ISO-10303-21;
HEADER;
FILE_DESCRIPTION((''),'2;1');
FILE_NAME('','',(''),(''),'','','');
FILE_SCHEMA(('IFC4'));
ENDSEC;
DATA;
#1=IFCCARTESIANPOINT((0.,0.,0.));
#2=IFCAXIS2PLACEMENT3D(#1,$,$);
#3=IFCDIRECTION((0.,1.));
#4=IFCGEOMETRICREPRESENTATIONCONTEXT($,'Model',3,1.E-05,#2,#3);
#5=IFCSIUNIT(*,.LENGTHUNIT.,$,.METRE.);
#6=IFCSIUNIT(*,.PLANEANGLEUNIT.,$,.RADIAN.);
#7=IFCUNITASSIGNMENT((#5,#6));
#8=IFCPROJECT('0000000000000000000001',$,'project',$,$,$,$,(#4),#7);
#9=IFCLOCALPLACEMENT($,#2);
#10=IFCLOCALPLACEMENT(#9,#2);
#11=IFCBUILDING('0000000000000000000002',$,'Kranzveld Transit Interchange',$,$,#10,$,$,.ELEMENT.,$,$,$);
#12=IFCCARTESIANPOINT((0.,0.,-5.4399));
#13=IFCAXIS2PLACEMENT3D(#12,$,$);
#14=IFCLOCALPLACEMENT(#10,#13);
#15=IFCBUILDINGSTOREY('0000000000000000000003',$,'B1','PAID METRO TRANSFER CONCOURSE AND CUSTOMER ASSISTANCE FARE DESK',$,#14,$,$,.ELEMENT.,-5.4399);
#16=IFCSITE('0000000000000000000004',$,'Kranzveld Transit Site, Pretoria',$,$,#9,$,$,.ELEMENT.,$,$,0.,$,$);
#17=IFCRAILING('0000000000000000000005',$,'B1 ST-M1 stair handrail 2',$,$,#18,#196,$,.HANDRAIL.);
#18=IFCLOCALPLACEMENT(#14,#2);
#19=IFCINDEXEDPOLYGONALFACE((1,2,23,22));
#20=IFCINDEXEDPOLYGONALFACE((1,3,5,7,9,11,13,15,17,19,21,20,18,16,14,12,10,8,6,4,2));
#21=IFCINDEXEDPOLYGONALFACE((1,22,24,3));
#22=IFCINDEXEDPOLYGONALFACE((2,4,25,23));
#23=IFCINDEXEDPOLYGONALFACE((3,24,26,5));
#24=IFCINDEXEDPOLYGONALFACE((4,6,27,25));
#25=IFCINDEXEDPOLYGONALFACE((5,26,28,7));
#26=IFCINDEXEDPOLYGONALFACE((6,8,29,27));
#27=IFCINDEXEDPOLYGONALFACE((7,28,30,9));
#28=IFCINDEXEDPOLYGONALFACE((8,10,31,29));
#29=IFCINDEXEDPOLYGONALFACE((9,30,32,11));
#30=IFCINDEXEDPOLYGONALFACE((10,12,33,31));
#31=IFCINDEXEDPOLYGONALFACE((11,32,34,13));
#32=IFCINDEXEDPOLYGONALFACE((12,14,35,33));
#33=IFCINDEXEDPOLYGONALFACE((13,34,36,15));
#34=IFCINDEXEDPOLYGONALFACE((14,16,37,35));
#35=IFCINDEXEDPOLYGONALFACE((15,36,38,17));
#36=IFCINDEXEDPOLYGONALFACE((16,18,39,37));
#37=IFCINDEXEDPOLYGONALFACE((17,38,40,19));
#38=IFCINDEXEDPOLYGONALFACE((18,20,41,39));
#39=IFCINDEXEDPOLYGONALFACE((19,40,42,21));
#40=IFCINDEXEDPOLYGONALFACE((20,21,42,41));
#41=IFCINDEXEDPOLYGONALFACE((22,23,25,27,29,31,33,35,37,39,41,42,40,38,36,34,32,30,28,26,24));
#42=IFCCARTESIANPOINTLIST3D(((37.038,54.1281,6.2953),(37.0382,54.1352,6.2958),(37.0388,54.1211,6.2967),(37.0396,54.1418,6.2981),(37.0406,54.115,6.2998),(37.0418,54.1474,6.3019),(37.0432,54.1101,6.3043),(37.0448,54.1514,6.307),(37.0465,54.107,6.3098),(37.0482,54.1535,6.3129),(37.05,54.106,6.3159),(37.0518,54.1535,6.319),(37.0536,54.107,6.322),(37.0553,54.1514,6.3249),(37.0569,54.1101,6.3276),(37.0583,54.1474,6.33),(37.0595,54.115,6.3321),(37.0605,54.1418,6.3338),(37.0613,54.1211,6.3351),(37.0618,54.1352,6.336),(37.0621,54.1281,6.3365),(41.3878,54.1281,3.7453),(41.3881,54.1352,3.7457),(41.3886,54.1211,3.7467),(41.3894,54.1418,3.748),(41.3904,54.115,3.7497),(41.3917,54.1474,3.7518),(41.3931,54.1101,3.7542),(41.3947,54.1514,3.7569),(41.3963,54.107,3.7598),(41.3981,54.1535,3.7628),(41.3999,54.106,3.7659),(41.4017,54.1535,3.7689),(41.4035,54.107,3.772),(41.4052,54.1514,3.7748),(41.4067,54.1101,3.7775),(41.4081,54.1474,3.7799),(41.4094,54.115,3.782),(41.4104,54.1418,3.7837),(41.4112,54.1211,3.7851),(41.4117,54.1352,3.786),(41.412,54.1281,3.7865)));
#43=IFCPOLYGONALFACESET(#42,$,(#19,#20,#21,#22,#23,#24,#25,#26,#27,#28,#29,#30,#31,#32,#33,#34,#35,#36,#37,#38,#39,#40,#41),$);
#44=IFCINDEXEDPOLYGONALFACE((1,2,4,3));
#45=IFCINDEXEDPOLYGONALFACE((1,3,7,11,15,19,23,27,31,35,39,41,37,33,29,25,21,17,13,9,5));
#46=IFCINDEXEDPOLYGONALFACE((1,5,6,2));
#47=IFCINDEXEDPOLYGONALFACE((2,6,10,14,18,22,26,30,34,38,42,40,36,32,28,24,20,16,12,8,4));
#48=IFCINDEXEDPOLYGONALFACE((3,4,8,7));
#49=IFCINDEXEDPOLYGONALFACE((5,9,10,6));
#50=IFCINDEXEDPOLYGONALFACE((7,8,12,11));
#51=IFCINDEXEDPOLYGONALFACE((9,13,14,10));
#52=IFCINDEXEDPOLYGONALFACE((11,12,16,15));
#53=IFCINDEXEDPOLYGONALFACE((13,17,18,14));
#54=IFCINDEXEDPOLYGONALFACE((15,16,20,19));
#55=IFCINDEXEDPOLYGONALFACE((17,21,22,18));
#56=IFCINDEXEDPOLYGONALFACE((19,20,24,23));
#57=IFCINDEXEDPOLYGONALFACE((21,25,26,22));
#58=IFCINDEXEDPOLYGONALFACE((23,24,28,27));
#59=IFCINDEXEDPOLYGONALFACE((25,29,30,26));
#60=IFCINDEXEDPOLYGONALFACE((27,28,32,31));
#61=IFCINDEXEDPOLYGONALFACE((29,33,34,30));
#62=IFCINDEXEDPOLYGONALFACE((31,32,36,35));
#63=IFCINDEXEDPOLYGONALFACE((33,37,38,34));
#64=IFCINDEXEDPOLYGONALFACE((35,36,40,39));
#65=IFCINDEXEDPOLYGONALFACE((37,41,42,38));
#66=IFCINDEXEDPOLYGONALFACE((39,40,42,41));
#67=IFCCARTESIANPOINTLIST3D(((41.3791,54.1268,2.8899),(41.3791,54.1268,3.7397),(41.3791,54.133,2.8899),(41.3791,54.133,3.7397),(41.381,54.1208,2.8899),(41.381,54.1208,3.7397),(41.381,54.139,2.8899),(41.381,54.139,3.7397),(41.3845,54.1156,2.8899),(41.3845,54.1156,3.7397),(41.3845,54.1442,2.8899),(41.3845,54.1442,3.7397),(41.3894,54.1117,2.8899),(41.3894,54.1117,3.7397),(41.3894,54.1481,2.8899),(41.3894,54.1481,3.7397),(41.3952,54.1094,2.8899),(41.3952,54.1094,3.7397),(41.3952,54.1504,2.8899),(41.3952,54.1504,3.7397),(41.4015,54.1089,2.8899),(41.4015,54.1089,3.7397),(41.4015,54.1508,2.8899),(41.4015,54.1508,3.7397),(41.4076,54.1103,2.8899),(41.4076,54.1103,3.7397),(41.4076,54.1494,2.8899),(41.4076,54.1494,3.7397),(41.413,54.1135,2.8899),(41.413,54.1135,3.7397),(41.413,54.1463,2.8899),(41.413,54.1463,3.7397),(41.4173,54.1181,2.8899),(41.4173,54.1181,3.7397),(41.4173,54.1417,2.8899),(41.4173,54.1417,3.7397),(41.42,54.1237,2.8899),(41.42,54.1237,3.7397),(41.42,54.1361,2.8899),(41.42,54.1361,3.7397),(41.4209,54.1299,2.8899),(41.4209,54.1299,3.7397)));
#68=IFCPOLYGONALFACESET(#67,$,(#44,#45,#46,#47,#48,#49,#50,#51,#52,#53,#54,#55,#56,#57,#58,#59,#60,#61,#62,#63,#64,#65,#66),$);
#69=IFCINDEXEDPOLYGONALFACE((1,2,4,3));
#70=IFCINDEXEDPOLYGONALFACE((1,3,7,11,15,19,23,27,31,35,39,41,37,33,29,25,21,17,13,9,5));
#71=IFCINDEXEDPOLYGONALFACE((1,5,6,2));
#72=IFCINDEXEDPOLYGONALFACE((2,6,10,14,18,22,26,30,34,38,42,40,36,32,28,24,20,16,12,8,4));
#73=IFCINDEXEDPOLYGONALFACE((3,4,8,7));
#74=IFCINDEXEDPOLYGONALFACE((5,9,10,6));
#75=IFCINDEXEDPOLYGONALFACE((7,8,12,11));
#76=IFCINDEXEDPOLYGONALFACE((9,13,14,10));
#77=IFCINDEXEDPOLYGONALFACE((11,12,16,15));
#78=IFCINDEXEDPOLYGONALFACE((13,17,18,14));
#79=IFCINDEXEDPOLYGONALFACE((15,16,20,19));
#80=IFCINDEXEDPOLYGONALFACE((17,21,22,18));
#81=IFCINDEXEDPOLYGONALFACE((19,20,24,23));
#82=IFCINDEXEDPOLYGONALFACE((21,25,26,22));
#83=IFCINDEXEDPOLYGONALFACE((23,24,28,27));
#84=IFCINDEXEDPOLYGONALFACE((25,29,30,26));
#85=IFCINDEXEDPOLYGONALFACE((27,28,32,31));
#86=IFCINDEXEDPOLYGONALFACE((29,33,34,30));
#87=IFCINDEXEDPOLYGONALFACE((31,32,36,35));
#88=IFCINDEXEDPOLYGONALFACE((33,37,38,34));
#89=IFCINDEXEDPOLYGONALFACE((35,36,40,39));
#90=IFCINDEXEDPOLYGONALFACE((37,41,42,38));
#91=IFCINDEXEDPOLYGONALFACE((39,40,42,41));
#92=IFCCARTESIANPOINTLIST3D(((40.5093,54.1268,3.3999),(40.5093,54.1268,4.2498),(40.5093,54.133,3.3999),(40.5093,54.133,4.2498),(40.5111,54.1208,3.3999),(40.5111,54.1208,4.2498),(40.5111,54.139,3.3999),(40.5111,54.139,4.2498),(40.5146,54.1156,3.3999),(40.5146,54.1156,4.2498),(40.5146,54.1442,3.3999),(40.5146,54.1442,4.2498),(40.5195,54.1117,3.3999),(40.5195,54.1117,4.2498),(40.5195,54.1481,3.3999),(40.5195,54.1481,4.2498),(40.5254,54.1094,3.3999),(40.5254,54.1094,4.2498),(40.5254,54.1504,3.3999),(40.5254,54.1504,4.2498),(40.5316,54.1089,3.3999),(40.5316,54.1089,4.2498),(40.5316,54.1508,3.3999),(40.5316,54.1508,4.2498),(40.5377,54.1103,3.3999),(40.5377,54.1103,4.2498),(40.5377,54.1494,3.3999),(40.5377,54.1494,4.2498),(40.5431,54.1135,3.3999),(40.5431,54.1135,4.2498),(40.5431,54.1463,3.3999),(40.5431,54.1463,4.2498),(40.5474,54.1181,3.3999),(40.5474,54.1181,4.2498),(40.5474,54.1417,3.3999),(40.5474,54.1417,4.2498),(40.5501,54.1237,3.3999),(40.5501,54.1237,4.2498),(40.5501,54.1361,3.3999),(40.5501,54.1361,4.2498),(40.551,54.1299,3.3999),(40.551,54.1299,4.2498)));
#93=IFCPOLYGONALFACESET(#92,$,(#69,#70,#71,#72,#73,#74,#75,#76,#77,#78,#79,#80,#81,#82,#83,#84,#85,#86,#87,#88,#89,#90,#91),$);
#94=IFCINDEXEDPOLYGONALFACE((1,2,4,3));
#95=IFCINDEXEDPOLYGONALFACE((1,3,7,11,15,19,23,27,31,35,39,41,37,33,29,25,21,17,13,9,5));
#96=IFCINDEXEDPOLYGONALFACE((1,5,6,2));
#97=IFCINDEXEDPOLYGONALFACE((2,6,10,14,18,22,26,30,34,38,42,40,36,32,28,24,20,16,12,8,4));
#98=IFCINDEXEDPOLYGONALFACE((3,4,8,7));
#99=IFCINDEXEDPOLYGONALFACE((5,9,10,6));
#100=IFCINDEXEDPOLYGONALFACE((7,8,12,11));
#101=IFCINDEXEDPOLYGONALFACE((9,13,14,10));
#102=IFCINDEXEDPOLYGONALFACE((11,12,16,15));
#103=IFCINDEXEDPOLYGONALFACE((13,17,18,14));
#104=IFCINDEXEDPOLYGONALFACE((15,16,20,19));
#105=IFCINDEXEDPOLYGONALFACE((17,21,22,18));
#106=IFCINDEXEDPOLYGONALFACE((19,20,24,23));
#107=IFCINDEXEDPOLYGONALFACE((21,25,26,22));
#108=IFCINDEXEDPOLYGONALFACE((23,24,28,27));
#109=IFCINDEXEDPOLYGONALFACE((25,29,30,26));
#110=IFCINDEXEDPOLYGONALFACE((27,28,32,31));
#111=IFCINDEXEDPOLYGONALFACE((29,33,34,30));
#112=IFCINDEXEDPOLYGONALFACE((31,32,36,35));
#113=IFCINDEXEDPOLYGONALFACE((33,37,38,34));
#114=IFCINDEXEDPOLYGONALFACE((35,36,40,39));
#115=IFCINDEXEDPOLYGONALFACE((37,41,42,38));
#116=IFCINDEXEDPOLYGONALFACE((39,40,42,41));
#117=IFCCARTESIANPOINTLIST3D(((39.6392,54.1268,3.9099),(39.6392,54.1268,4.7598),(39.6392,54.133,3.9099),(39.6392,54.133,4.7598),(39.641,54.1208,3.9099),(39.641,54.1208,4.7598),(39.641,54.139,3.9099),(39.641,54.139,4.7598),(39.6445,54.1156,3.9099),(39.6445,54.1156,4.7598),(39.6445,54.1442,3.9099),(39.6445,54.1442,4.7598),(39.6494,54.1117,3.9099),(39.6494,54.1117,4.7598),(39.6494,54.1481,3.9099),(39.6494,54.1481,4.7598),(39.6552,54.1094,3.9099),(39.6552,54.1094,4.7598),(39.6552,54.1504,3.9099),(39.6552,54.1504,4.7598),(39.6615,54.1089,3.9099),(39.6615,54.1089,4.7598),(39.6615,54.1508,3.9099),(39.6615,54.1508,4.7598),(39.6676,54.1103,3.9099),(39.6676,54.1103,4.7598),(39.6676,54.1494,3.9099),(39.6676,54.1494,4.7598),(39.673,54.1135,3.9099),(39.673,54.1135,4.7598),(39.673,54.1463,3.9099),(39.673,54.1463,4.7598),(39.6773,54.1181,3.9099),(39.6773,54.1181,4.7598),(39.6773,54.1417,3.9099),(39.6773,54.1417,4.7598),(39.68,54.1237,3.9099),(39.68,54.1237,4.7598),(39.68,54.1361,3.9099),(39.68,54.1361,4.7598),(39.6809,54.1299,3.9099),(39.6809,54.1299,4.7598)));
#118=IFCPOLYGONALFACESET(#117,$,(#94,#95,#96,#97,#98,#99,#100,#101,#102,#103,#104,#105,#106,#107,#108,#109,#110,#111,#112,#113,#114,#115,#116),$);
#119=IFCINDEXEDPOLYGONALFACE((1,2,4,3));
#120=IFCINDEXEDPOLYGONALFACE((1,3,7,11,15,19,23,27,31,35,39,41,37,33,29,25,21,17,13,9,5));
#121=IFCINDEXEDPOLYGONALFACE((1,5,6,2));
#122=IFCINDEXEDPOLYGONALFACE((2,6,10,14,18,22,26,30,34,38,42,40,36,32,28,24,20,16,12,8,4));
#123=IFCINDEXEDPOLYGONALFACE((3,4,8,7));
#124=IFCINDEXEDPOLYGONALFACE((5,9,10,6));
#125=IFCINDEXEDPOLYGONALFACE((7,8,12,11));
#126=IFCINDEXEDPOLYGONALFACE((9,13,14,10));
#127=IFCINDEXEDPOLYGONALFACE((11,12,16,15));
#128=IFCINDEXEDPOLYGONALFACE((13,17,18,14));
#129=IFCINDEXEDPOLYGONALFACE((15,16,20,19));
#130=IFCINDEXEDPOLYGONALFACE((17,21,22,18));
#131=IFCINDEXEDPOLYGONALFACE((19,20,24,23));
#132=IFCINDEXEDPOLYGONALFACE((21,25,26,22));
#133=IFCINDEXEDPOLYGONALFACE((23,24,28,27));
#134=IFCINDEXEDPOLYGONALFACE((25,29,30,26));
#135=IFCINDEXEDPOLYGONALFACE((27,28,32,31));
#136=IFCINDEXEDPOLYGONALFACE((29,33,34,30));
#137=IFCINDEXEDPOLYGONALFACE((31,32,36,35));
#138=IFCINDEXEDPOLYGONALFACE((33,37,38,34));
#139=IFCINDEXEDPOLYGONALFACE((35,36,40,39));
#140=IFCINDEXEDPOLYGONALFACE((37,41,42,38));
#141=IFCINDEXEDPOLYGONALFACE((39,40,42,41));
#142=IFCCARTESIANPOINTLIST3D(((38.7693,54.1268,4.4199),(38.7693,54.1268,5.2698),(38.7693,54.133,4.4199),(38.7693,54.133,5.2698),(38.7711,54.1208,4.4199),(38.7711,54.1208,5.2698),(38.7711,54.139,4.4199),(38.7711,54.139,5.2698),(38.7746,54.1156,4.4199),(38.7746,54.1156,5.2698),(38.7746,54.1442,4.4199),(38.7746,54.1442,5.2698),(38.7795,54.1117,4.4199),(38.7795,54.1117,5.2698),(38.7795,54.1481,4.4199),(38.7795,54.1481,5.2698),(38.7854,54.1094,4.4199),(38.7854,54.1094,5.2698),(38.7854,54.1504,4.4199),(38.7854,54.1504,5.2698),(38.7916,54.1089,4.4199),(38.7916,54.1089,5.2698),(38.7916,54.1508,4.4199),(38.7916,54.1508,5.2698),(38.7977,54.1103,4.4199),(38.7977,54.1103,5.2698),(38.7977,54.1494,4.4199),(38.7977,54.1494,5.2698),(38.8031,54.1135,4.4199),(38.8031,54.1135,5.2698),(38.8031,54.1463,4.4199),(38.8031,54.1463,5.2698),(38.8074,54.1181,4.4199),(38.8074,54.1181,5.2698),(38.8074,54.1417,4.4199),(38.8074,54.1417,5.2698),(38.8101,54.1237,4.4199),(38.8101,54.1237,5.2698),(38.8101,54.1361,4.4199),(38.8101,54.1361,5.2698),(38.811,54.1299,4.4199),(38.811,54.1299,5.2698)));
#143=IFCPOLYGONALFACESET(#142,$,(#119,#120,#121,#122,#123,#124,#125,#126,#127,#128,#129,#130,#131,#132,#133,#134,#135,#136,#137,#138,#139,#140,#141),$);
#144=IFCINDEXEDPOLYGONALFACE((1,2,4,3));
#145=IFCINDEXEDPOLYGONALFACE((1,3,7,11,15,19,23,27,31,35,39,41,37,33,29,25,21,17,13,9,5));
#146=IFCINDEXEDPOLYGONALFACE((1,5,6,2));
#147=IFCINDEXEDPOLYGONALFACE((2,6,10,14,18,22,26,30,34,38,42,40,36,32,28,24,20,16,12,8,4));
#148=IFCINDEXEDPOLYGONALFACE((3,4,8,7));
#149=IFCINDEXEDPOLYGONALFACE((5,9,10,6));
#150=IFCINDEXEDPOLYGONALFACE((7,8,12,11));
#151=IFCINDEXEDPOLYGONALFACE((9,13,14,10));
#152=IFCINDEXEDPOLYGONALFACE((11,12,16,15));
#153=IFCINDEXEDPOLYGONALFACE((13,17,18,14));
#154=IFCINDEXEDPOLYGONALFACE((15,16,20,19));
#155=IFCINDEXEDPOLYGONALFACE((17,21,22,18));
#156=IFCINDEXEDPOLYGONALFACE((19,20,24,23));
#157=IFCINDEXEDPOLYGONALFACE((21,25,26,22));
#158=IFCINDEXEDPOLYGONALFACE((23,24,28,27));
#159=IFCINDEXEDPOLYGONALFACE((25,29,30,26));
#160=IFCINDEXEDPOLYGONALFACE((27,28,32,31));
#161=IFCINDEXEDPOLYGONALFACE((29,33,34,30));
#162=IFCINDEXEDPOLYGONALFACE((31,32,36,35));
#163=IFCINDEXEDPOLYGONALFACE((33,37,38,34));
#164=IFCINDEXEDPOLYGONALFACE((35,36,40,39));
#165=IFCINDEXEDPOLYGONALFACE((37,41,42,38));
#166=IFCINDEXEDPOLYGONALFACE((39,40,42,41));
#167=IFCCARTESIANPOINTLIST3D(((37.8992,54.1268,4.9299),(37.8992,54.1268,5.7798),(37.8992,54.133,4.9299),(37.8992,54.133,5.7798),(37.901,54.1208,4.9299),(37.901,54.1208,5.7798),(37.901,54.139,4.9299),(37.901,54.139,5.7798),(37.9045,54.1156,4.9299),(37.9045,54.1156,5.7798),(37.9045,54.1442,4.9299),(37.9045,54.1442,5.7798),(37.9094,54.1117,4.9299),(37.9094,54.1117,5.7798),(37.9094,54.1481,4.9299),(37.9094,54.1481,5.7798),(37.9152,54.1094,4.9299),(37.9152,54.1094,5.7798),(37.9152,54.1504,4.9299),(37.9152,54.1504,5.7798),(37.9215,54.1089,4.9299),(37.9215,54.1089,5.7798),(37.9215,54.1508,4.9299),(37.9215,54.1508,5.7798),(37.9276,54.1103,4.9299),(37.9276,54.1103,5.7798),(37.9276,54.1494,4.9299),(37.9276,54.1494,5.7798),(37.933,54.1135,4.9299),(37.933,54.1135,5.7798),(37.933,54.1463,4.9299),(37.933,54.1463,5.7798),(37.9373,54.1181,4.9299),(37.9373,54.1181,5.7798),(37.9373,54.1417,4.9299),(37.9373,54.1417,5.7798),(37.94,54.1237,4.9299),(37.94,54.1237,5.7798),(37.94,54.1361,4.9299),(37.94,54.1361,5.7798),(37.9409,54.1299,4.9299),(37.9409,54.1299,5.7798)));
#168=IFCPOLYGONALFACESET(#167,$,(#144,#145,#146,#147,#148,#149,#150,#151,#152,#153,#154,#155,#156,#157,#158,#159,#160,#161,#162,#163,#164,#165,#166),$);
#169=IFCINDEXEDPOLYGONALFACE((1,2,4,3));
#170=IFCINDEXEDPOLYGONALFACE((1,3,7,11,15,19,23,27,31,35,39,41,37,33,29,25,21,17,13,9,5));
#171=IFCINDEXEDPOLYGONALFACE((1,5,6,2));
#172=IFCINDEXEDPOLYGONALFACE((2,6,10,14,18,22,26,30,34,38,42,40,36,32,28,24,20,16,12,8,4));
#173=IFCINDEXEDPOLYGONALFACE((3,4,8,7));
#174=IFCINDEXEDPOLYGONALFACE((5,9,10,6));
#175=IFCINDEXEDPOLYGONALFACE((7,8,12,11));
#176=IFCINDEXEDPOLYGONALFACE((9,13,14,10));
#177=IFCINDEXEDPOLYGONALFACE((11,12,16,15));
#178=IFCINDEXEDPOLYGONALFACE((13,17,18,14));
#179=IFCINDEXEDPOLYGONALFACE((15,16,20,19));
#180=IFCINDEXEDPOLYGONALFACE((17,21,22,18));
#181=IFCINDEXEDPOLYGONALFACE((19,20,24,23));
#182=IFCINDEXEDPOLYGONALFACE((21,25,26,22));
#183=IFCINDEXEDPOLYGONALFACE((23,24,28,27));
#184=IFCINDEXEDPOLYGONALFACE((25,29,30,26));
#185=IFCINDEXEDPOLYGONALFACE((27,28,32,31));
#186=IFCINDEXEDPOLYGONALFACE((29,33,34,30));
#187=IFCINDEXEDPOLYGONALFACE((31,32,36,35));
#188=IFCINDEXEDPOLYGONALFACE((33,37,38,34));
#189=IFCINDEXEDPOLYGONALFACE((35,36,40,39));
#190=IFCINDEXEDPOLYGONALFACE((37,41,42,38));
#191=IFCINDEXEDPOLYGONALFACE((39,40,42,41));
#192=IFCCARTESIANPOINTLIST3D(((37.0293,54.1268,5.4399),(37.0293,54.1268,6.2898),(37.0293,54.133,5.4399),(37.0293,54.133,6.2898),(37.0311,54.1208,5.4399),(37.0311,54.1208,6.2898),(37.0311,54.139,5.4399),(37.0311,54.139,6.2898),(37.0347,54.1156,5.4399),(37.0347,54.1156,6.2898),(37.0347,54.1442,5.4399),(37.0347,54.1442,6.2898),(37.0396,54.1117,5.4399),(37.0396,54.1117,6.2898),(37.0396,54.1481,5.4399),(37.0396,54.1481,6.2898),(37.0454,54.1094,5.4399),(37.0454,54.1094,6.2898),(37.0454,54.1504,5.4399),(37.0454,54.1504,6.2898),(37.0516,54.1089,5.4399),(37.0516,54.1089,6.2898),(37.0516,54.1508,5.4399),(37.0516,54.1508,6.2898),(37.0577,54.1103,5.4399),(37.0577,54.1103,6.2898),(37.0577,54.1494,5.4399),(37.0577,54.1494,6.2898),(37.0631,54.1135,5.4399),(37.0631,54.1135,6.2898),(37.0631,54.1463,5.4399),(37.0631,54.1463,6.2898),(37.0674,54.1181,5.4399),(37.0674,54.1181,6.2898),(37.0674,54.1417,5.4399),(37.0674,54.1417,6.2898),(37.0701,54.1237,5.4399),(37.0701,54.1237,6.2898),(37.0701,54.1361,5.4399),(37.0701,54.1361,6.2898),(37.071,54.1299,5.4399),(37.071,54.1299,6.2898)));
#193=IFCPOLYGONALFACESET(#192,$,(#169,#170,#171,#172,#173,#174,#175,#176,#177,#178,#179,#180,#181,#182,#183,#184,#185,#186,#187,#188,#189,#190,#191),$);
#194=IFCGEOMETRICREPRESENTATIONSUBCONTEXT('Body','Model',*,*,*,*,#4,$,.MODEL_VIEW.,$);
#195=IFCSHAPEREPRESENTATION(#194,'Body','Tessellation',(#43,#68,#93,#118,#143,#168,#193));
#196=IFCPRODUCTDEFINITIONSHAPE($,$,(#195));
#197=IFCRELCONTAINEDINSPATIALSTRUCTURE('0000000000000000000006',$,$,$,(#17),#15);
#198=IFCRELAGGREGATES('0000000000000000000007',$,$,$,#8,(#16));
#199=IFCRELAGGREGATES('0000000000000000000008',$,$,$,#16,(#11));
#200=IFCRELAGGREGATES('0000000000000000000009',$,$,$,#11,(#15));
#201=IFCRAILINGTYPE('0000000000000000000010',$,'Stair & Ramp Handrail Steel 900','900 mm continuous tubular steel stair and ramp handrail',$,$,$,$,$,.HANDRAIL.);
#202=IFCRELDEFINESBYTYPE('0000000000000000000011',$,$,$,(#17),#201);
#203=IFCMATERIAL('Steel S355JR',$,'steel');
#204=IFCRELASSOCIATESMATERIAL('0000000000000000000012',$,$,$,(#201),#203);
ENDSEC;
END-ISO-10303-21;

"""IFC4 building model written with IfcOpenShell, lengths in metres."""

from ifc_helpers import new_model, si_unit, direction, frame, origin, origin_2d, place, context, subcontext, project, spatial, circle, extrude, material, type_object, element, save


model = new_model("IFC4")

# Units and contexts
model_context = context("Model", 3, precision=1e-05, world=origin(), true_north=direction((0.0, 1.0)))
body_context = subcontext(model_context, "Body", "Model", "MODEL_VIEW")
ifc_project = project(units=[si_unit("LENGTHUNIT", "METRE"), si_unit("PLANEANGLEUNIT", "RADIAN")], contexts=[model_context])

# Site, building, storey
site_placement = place(None, origin())
site = spatial("IfcSite", under=ifc_project, at=site_placement, Name="Kranzveld Transit Site, Pretoria", CompositionType="ELEMENT", RefElevation=0.0)
building_placement = place(site_placement, origin())
building = spatial("IfcBuilding", under=site, at=building_placement, Name="Kranzveld Transit Interchange", CompositionType="ELEMENT")
storey_placement = place(building_placement, frame((0.0, 0.0, -5.4399)))
storey = spatial("IfcBuildingStorey", under=building, at=storey_placement, Name="B1", Description="PAID METRO TRANSFER CONCOURSE AND CUSTOMER ASSISTANCE FARE DESK", CompositionType="ELEMENT", Elevation=-5.4399)

# Railing
ifc_material_1 = material(Name="Steel S355JR", Category="steel")
railing_type_1 = type_object("IfcRailingType", Name="Stair & Ramp Handrail Steel 900", Description="900 mm continuous tubular steel stair and ramp handrail", PredefinedType="HANDRAIL", material=ifc_material_1)
railing_1_placement = place(storey_placement, frame((41.3999, 54.1299, 2.8899)))
element("IfcRailing", 1, at=railing_1_placement, inside=storey, type_object=railing_type_1, Name="B1 ST-M1 stair handrail 2", PredefinedType="HANDRAIL", context=body_context, shape_type="SweptSolid", body=[
    extrude(circle(Radius=0.0239, at=origin_2d()), frame((0.0, 0.0, 0.876), z_axis=(-0.862686, 0.0, 0.505739), x_axis=(0.0, -1.0, 0.0)), (0.0, 0.0, 1.0), 5.0422),
    extrude(circle(Radius=0.021, at=origin_2d()), origin(), (0.0, 0.0, 1.0), 0.8499),
    extrude(circle(Radius=0.021, at=origin_2d()), frame((-0.8699, 0.0, 0.51)), (0.0, 0.0, 1.0), 0.8499),
    extrude(circle(Radius=0.021, at=origin_2d()), frame((-1.74, 0.0, 1.02)), (0.0, 0.0, 1.0), 0.8499),
    extrude(circle(Radius=0.021, at=origin_2d()), frame((-2.6099, 0.0, 1.53)), (0.0, 0.0, 1.0), 0.8499),
    extrude(circle(Radius=0.021, at=origin_2d()), frame((-3.48, 0.0, 2.04)), (0.0, 0.0, 1.0), 0.8499),
    extrude(circle(Radius=0.021, at=origin_2d()), frame((-4.3499, 0.0, 2.55)), (0.0, 0.0, 1.0), 0.8499),
])

save(model, "model.ifc")
